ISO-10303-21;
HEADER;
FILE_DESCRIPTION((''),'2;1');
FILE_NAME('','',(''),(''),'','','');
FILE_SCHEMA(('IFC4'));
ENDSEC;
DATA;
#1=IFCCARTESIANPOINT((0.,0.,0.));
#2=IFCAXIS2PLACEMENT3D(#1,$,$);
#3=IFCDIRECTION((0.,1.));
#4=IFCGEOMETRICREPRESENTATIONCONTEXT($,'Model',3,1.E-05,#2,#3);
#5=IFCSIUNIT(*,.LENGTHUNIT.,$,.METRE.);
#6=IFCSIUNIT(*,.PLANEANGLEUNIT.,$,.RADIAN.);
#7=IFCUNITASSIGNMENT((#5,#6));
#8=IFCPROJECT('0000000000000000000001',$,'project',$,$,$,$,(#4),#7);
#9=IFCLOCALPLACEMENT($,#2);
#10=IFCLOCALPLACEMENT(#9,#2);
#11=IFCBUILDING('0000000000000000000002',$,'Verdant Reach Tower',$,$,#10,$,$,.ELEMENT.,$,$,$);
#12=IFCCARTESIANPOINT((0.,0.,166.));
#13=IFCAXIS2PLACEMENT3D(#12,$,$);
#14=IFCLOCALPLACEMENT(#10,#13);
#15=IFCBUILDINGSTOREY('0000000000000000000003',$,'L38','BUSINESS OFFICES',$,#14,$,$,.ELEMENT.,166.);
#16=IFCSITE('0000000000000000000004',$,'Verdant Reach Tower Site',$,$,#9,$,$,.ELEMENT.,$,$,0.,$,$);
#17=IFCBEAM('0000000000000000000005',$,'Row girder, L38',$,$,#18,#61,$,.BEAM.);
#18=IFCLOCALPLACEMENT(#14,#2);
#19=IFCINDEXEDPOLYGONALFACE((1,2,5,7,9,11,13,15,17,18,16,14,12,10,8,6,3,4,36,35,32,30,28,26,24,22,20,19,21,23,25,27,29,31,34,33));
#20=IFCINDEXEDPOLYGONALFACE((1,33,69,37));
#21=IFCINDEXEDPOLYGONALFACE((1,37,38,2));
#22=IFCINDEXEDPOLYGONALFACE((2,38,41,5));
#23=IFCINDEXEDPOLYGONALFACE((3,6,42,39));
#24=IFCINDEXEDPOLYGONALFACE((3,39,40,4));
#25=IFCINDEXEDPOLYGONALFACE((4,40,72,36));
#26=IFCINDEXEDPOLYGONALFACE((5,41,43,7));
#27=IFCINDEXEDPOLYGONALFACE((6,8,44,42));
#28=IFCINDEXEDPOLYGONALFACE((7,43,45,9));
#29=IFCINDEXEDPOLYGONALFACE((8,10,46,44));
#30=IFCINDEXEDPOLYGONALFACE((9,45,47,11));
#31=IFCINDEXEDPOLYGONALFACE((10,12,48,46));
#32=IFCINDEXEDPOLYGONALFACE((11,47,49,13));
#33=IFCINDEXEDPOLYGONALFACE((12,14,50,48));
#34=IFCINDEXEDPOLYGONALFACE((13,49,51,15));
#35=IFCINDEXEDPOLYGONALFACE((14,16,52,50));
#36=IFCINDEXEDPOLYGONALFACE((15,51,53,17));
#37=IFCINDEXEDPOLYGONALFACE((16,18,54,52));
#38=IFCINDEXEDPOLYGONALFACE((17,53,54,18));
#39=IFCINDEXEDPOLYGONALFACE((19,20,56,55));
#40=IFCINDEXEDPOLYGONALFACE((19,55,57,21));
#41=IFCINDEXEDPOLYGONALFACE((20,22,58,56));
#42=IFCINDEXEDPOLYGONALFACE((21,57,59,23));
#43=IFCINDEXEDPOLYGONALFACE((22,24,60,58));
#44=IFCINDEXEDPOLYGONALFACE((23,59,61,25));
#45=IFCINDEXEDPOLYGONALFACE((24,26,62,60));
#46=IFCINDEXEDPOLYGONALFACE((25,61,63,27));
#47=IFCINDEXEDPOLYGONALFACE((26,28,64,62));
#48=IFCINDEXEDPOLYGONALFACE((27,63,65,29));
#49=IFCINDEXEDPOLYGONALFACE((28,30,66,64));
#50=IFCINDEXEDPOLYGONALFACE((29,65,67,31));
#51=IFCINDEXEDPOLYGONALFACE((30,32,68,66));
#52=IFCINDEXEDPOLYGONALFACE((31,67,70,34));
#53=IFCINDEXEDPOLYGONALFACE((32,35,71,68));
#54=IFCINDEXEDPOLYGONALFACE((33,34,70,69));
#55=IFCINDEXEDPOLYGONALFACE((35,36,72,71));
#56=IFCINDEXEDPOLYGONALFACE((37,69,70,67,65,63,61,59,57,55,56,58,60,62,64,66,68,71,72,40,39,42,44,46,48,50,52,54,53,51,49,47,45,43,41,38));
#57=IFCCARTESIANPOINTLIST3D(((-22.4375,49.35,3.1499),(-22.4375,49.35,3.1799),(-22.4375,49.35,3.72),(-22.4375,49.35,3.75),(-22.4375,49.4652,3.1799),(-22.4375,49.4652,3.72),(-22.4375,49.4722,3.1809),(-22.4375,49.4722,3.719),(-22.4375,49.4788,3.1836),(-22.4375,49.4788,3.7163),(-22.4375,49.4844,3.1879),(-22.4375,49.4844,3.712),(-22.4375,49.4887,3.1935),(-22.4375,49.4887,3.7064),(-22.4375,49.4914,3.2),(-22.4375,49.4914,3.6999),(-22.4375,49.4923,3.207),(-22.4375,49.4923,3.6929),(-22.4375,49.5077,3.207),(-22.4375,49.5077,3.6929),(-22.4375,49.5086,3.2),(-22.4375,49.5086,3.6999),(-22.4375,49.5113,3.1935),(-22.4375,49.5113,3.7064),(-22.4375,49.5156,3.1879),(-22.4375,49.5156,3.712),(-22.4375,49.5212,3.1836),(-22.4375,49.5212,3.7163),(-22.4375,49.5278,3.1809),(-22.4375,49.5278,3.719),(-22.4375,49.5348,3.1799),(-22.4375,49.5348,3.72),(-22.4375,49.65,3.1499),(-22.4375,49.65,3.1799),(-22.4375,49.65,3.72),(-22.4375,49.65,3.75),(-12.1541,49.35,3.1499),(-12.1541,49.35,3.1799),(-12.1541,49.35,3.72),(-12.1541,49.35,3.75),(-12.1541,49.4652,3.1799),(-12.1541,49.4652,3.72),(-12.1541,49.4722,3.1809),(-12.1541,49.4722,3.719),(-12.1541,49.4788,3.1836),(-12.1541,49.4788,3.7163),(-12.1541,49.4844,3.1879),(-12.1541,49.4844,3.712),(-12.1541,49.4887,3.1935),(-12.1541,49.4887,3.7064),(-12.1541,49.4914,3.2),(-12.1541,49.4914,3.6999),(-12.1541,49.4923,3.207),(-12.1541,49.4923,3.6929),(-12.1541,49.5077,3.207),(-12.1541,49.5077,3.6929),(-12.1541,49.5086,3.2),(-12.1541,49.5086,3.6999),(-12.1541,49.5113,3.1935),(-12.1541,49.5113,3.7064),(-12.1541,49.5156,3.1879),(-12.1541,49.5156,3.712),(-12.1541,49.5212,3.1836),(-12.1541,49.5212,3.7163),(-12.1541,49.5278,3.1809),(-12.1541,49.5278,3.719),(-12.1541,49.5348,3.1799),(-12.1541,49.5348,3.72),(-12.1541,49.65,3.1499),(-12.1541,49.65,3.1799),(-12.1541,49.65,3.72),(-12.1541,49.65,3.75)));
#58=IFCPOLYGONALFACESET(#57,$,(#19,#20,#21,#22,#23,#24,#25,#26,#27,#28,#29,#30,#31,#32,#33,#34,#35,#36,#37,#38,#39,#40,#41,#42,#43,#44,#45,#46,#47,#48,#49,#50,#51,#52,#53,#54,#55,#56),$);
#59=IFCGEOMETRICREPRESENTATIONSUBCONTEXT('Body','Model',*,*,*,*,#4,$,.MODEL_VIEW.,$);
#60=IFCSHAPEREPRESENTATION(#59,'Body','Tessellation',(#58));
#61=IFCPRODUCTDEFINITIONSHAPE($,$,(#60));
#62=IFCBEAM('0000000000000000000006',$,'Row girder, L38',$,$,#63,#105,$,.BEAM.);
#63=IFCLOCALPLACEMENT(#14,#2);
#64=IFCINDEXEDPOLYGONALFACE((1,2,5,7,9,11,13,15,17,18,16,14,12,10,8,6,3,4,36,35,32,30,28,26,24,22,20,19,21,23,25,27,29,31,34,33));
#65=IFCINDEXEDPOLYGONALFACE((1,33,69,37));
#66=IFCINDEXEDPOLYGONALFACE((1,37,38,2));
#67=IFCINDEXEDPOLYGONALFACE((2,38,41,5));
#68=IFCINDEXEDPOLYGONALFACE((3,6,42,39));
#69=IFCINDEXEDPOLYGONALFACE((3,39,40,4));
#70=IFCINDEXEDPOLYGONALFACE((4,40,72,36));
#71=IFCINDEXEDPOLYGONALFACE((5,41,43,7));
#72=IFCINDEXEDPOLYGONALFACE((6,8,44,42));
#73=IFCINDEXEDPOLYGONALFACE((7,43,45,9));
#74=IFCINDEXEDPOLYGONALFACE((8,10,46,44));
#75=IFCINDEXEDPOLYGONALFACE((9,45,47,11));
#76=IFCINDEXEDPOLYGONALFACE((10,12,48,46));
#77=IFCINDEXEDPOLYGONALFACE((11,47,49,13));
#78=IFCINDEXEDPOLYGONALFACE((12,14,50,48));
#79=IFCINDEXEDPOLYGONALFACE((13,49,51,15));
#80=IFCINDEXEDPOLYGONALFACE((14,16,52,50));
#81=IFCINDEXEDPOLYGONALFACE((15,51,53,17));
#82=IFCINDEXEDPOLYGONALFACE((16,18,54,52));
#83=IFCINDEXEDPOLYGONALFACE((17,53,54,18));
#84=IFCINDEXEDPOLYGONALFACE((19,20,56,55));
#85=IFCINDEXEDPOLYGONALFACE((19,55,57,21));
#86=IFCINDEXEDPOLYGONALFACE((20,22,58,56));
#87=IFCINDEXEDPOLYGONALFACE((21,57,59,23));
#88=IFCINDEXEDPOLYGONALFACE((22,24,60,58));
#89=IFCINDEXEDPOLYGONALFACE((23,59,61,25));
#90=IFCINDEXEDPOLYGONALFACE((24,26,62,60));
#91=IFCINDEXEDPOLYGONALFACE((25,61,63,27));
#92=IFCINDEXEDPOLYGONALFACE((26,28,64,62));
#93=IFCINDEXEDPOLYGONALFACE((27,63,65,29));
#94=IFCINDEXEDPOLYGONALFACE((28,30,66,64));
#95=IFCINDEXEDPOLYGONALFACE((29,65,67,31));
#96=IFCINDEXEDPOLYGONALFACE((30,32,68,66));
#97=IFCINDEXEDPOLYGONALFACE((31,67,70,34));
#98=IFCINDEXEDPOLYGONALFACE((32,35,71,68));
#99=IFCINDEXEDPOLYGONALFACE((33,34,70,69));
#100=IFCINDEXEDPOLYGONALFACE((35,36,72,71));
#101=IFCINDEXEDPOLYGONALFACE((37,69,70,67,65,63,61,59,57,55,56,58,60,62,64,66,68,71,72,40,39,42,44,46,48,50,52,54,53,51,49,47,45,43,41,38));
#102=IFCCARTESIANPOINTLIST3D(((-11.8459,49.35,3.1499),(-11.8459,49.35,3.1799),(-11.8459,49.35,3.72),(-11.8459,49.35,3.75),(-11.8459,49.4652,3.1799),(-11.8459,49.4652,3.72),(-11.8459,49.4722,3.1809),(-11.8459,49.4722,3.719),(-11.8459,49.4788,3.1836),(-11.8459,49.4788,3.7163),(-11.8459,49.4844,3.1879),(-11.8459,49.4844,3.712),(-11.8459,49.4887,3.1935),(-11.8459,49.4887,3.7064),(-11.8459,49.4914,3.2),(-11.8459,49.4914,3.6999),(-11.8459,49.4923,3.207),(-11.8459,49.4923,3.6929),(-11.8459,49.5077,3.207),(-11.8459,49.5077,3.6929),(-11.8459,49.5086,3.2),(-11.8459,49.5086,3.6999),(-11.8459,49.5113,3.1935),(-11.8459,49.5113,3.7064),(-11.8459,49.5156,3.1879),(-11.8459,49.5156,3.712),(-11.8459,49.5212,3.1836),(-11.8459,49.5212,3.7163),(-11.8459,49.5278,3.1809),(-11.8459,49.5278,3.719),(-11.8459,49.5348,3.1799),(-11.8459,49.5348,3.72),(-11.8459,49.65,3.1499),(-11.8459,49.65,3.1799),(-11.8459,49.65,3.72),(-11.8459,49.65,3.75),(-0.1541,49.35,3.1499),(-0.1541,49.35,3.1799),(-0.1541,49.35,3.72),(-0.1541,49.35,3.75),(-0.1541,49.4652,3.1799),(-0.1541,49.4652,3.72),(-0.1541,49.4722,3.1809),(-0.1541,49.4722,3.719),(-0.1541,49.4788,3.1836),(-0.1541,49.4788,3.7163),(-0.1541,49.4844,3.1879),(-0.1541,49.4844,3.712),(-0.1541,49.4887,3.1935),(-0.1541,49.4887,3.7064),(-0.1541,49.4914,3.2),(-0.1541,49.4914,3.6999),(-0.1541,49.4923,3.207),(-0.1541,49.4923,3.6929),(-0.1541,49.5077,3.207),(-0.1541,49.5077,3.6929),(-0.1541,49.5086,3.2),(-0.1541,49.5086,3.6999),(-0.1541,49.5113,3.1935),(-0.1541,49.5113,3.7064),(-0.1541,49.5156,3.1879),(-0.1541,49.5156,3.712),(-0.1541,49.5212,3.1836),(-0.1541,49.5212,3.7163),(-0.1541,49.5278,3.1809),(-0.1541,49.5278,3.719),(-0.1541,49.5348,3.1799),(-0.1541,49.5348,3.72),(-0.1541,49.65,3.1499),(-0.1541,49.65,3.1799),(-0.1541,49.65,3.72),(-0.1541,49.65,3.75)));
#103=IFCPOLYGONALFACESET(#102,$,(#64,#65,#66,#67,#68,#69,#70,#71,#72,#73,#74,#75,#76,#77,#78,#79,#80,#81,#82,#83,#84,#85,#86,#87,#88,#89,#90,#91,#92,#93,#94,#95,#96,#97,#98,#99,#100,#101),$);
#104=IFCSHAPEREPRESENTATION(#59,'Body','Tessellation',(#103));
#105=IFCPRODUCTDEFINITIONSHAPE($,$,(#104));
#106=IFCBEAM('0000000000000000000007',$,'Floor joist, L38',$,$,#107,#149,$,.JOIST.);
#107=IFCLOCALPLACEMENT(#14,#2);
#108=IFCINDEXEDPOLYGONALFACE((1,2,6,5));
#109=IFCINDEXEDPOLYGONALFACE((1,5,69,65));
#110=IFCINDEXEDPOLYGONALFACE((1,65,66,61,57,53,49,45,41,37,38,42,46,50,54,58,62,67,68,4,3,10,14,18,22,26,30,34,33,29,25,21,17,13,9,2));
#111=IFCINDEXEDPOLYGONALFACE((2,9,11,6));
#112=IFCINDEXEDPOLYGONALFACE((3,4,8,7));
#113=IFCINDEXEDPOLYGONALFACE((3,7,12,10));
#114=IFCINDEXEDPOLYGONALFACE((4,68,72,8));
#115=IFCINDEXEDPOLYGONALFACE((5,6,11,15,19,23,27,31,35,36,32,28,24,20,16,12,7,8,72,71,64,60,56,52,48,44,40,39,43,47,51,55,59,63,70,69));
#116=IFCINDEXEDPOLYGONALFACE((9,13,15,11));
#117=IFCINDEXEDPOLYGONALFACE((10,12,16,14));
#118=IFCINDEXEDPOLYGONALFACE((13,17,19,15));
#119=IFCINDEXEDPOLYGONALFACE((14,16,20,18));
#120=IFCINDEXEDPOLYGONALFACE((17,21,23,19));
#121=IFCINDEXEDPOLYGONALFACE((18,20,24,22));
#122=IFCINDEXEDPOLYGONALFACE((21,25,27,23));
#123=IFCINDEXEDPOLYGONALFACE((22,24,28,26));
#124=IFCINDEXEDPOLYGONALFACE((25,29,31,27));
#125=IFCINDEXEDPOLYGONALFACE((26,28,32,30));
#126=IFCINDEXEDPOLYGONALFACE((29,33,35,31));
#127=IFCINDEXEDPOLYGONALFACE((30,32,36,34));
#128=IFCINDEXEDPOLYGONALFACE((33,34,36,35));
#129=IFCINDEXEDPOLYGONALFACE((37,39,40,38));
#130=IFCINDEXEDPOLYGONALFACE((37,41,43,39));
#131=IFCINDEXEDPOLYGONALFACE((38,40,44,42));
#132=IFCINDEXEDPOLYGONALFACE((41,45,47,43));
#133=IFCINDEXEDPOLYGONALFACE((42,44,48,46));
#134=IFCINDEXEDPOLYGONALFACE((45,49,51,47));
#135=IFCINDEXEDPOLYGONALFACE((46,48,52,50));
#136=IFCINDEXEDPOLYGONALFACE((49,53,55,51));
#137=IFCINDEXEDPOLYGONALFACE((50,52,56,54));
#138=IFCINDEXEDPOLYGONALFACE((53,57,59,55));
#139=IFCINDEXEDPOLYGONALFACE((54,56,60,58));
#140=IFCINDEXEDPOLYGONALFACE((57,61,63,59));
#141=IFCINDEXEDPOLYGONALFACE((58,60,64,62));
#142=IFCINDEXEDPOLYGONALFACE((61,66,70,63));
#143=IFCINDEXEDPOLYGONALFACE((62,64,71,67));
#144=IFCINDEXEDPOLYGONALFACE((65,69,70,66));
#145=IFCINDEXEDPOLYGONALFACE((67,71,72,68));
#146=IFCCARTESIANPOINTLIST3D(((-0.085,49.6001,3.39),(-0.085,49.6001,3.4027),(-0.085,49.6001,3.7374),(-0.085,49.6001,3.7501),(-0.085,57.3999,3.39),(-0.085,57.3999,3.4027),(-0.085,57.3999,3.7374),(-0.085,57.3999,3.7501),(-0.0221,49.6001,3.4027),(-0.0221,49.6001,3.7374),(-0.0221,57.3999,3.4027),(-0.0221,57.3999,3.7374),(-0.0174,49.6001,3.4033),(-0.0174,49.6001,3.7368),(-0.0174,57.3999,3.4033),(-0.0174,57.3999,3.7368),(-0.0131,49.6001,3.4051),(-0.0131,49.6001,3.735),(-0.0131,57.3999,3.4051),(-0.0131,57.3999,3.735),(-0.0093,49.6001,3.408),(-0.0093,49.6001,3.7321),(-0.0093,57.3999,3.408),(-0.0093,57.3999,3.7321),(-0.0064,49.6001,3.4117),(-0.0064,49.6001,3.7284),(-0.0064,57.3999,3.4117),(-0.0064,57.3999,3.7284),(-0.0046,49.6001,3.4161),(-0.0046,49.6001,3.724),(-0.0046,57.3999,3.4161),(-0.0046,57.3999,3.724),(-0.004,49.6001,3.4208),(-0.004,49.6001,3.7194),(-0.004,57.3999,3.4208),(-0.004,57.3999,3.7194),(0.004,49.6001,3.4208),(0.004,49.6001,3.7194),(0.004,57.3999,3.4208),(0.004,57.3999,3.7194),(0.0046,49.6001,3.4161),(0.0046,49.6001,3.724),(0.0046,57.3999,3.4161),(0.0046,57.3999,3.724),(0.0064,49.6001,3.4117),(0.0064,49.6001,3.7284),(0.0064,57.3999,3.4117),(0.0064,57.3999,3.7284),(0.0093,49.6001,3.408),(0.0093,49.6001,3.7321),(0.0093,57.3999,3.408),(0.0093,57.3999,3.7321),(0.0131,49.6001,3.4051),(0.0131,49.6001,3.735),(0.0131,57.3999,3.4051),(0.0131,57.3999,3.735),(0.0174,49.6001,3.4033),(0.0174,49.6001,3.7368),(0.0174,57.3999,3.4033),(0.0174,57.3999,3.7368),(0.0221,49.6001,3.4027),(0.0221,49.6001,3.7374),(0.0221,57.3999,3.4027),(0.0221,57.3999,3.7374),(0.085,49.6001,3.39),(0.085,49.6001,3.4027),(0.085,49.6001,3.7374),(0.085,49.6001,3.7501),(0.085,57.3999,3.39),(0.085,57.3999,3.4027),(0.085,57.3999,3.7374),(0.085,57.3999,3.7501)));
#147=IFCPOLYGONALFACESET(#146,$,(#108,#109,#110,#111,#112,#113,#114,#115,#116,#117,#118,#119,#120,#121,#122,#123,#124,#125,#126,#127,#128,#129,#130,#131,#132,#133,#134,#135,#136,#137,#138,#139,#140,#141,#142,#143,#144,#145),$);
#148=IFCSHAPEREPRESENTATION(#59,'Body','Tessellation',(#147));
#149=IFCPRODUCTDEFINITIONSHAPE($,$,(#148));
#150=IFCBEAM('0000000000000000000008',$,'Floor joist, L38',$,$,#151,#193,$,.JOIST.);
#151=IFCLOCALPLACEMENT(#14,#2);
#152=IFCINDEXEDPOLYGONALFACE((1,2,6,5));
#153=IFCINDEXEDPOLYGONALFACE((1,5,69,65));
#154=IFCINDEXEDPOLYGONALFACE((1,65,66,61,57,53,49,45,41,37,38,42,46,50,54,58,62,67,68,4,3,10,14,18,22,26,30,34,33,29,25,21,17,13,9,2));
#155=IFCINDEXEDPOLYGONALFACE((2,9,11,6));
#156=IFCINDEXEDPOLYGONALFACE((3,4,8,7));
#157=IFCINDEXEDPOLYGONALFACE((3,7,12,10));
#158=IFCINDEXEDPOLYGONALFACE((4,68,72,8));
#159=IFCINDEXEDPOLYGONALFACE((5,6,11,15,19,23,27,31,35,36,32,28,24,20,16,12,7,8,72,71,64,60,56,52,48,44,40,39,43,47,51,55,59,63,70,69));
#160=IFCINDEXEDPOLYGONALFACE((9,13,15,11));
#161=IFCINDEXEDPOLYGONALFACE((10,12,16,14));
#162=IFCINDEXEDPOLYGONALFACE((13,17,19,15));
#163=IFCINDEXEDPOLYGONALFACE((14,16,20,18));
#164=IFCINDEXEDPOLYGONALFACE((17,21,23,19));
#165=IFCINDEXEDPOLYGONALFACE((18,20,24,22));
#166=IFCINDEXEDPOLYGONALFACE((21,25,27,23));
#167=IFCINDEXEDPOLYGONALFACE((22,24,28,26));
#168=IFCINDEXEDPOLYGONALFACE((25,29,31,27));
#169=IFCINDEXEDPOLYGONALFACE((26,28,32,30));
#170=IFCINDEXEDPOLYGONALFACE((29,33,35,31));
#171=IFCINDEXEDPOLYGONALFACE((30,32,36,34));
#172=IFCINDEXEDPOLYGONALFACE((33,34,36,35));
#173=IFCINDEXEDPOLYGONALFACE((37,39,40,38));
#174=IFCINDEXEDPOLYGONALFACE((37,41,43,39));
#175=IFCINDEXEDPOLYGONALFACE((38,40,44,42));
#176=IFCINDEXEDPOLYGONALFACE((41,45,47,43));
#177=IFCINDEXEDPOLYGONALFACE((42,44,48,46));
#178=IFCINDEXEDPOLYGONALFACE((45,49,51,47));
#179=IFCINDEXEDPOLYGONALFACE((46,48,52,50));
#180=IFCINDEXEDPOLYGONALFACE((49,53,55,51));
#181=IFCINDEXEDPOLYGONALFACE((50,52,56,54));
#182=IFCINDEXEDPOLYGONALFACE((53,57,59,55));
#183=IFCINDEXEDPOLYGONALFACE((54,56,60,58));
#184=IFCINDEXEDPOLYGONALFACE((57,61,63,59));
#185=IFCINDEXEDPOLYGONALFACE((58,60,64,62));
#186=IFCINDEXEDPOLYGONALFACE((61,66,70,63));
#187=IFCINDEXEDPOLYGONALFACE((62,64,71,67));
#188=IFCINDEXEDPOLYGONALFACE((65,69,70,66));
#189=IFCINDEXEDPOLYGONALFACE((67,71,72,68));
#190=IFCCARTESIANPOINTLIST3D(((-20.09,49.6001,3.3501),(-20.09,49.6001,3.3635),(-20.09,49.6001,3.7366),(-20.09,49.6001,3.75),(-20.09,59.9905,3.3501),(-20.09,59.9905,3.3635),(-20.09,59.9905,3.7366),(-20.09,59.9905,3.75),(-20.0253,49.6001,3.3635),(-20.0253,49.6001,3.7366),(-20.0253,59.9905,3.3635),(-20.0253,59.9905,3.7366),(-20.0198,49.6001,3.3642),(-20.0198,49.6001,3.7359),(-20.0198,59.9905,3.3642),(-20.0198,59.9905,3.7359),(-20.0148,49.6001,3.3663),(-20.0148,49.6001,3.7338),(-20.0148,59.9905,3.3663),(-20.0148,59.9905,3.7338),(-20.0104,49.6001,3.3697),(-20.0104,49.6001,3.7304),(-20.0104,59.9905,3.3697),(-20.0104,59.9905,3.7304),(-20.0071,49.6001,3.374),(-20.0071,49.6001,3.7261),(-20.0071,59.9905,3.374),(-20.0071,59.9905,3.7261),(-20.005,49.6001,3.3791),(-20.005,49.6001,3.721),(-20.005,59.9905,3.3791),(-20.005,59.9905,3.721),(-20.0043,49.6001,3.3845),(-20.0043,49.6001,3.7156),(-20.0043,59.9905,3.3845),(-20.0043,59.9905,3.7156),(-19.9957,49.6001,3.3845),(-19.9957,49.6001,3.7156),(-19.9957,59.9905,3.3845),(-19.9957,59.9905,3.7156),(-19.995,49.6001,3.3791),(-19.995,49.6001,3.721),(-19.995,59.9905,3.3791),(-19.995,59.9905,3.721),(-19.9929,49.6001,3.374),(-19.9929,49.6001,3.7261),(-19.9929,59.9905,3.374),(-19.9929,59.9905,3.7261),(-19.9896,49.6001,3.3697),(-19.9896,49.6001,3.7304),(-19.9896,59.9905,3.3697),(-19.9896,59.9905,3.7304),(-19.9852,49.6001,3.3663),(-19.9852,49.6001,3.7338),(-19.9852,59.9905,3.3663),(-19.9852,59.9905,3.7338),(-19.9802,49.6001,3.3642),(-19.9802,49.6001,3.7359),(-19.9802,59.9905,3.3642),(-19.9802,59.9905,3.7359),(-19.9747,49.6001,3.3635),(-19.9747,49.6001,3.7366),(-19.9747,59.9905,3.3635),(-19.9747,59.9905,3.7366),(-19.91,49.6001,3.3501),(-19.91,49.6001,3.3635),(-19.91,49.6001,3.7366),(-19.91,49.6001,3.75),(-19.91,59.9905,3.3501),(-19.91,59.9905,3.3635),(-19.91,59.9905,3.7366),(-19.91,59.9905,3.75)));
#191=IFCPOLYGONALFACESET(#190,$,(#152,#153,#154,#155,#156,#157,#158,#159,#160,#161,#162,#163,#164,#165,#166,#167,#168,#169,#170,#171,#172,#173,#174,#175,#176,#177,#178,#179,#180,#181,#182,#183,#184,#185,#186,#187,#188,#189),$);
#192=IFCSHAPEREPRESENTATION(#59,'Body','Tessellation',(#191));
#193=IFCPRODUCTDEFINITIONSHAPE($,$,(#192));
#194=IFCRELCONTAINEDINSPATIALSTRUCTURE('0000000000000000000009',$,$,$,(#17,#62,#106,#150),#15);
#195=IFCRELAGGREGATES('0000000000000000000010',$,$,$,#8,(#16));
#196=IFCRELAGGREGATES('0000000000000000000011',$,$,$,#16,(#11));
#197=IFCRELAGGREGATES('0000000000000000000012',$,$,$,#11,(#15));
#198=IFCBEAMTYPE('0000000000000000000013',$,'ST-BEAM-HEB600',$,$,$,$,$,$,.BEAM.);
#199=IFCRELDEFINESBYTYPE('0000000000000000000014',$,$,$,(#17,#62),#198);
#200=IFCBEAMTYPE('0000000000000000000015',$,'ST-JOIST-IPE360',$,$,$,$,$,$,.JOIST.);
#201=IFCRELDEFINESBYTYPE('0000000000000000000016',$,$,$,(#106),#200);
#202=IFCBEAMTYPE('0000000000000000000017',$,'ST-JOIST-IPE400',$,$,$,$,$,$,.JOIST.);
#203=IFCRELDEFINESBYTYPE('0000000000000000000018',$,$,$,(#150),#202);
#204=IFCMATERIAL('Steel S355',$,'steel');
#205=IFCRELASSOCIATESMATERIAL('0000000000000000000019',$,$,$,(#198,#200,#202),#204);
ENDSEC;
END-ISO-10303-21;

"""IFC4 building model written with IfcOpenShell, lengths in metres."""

from ifc_helpers import new_model, si_unit, direction, frame, origin, origin_2d, place, context, subcontext, project, spatial, i_section, extrude, material, material_profile, profile_set, type_object, element, save


model = new_model("IFC4")

# Units and contexts
model_context = context("Model", 3, precision=1e-05, world=origin(), true_north=direction((0.0, 1.0)))
body_context = subcontext(model_context, "Body", "Model", "MODEL_VIEW")
ifc_project = project(units=[si_unit("LENGTHUNIT", "METRE"), si_unit("PLANEANGLEUNIT", "RADIAN")], contexts=[model_context])

# Site, building, storey
site_placement = place(None, origin())
site = spatial("IfcSite", under=ifc_project, at=site_placement, Name="Verdant Reach Tower Site", CompositionType="ELEMENT", RefElevation=0.0)
building_placement = place(site_placement, origin())
building = spatial("IfcBuilding", under=site, at=building_placement, Name="Verdant Reach Tower", CompositionType="ELEMENT")
storey_placement = place(building_placement, frame((0.0, 0.0, 166.0)))
storey = spatial("IfcBuildingStorey", under=building, at=storey_placement, Name="L38", Description="BUSINESS OFFICES", CompositionType="ELEMENT", Elevation=166.0)

# Beams
ifc_material_1 = material(Name="Steel S355", Category="steel")
ifc_material_profile_1 = material_profile(ifc_material_1, i_section(OverallWidth=0.3, OverallDepth=0.6001, WebThickness=0.0154, FlangeThickness=0.03, FilletRadius=0.0271, at=origin_2d()), Name="HEB 600")
ifc_profile_set_1 = profile_set([ifc_material_profile_1], Name="Steel S355")
beam_type_1 = type_object("IfcBeamType", Name="ST-BEAM-HEB600", PredefinedType="BEAM", material=ifc_profile_set_1)
beam_1_placement = place(storey_placement, frame((-22.4375, 49.5, 3.45), z_axis=(1.0, 0.0, 0.0), x_axis=(0.0, 1.0, 0.0)))
element("IfcBeam", 1, at=beam_1_placement, inside=storey, type_object=beam_type_1, Name="Row girder, L38", PredefinedType="BEAM", context=body_context, shape_type="SweptSolid", body=[
    extrude(i_section(OverallWidth=0.3, OverallDepth=0.6001, WebThickness=0.0154, FlangeThickness=0.03, FilletRadius=0.0271, at=origin_2d()), origin(), (0.0, 0.0, 1.0), 10.2834),
])
beam_2_placement = place(storey_placement, frame((-11.8459, 49.5, 3.45), z_axis=(1.0, 0.0, 0.0), x_axis=(0.0, 1.0, 0.0)))
element("IfcBeam", 2, at=beam_2_placement, inside=storey, type_object=beam_type_1, Name="Row girder, L38", PredefinedType="BEAM", context=body_context, shape_type="SweptSolid", body=[
    extrude(i_section(OverallWidth=0.3, OverallDepth=0.6001, WebThickness=0.0154, FlangeThickness=0.03, FilletRadius=0.0271, at=origin_2d()), origin(), (0.0, 0.0, 1.0), 11.6919),
])
ifc_material_profile_2 = material_profile(ifc_material_1, i_section(OverallWidth=0.1699, OverallDepth=0.3601, WebThickness=0.0081, FlangeThickness=0.0127, FilletRadius=0.0181, at=origin_2d()), Name="IPE 360")
ifc_profile_set_2 = profile_set([ifc_material_profile_2], Name="Steel S355")
beam_type_2 = type_object("IfcBeamType", Name="ST-JOIST-IPE360", PredefinedType="JOIST", material=ifc_profile_set_2)
beam_3_placement = place(storey_placement, frame((0.0, 49.6001, 3.5701), z_axis=(0.0, 1.0, 0.0), x_axis=(-1.0, 0.0, 0.0)))
element("IfcBeam", 3, at=beam_3_placement, inside=storey, type_object=beam_type_2, Name="Floor joist, L38", PredefinedType="JOIST", context=body_context, shape_type="SweptSolid", body=[
    extrude(i_section(OverallWidth=0.1699, OverallDepth=0.3601, WebThickness=0.0081, FlangeThickness=0.0127, FilletRadius=0.0181, at=origin_2d()), origin(), (0.0, 0.0, 1.0), 7.7998),
])
ifc_material_profile_3 = material_profile(ifc_material_1, i_section(OverallWidth=0.1799, OverallDepth=0.3999, WebThickness=0.0085, FlangeThickness=0.0134, FilletRadius=0.021, at=origin_2d()), Name="IPE 400")
ifc_profile_set_3 = profile_set([ifc_material_profile_3], Name="Steel S355")
beam_type_3 = type_object("IfcBeamType", Name="ST-JOIST-IPE400", PredefinedType="JOIST", material=ifc_profile_set_3)
beam_4_placement = place(storey_placement, frame((-20.0, 49.6001, 3.55), z_axis=(0.0, 1.0, 0.0), x_axis=(-1.0, 0.0, 0.0)))
element("IfcBeam", 4, at=beam_4_placement, inside=storey, type_object=beam_type_3, Name="Floor joist, L38", PredefinedType="JOIST", context=body_context, shape_type="SweptSolid", body=[
    extrude(i_section(OverallWidth=0.1799, OverallDepth=0.3999, WebThickness=0.0085, FlangeThickness=0.0134, FilletRadius=0.021, at=origin_2d()), origin(), (0.0, 0.0, 1.0), 10.3904),
])

save(model, "model.ifc")
